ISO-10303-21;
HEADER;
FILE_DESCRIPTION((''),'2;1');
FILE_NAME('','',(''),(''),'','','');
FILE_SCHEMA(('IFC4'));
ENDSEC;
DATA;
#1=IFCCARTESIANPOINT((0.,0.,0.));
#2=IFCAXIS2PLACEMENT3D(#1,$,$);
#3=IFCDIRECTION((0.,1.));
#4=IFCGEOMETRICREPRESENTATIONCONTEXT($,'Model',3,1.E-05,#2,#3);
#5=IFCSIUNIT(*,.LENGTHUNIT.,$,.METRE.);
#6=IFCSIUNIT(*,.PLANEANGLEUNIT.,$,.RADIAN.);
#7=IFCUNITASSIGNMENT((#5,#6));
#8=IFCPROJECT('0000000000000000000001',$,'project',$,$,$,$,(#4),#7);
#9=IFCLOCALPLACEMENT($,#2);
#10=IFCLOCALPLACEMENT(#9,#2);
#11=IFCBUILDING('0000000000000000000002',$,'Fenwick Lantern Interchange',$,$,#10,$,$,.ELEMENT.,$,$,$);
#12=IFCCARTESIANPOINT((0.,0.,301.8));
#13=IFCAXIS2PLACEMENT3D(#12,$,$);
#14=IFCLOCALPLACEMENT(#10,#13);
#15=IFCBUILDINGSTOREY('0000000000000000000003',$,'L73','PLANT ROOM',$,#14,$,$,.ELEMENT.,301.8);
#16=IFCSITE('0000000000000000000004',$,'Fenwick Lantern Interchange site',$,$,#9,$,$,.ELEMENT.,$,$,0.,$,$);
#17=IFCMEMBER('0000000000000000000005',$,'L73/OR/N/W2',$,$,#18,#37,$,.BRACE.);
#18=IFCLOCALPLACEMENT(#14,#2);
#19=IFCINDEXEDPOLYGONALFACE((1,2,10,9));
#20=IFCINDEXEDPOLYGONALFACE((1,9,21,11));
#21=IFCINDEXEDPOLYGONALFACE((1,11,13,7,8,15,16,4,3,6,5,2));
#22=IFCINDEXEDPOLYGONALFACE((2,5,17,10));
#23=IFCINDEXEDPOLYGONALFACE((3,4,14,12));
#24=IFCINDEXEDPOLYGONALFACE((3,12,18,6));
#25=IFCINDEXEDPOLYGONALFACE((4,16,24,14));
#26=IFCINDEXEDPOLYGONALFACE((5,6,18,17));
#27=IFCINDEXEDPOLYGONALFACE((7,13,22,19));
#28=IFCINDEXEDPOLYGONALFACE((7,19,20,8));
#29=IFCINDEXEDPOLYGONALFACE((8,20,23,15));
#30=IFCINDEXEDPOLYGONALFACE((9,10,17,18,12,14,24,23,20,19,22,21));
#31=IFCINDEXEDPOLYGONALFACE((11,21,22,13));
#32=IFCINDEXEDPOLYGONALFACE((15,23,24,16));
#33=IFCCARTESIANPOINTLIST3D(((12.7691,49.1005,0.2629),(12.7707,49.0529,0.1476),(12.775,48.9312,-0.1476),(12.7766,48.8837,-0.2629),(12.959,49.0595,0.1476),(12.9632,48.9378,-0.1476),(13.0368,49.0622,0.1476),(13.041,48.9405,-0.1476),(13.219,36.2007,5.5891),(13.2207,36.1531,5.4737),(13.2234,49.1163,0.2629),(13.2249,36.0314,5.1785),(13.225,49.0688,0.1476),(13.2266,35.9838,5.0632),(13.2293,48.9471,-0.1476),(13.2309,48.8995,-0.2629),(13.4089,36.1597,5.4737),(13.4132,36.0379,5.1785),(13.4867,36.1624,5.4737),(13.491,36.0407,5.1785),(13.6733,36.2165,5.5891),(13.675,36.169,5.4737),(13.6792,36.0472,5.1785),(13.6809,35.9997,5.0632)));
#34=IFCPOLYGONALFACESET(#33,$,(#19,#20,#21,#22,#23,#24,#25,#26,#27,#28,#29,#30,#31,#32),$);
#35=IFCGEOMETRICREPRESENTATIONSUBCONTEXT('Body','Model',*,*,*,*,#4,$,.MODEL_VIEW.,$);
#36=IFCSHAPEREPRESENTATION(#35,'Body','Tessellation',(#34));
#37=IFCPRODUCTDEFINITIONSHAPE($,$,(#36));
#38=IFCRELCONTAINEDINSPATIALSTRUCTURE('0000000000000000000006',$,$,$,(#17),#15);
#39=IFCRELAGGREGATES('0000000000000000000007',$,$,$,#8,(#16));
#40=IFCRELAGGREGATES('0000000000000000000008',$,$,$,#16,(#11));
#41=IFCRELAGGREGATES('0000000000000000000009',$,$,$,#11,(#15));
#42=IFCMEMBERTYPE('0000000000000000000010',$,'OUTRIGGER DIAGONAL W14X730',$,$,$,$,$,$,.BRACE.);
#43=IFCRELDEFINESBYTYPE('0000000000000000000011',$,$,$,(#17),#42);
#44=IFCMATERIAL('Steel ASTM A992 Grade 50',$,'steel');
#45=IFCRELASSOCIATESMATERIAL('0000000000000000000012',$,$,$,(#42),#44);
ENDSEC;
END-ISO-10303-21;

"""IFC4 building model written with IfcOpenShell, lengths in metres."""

from ifc_helpers import new_model, si_unit, direction, frame, origin, origin_2d, place, context, subcontext, project, spatial, i_section, extrude, material, material_profile, profile_set, type_object, element, save


model = new_model("IFC4")

# Units and contexts
model_context = context("Model", 3, precision=1e-05, world=origin(), true_north=direction((0.0, 1.0)))
body_context = subcontext(model_context, "Body", "Model", "MODEL_VIEW")
ifc_project = project(units=[si_unit("LENGTHUNIT", "METRE"), si_unit("PLANEANGLEUNIT", "RADIAN")], contexts=[model_context])

# Site, building, storey
site_placement = place(None, origin())
site = spatial("IfcSite", under=ifc_project, at=site_placement, Name="Fenwick Lantern Interchange site", CompositionType="ELEMENT", RefElevation=0.0)
building_placement = place(site_placement, origin())
building = spatial("IfcBuilding", under=site, at=building_placement, Name="Fenwick Lantern Interchange", CompositionType="ELEMENT")
storey_placement = place(building_placement, frame((0.0, 0.0, 301.8)))
storey = spatial("IfcBuildingStorey", under=building, at=storey_placement, Name="L73", Description="PLANT ROOM", CompositionType="ELEMENT", Elevation=301.8)

# Shared definitions
ifc_material_1 = material(Name="Steel ASTM A992 Grade 50", Category="steel")

# Member
ifc_material_profile_1 = material_profile(ifc_material_1, i_section(OverallWidth=0.4546, OverallDepth=0.5688, WebThickness=0.0779, FlangeThickness=0.1248, at=origin_2d()), Name="W14X730")
ifc_profile_set_1 = profile_set([ifc_material_profile_1], Name="Steel ASTM A992 Grade 50")
member_type_1 = type_object("IfcMemberType", Name="OUTRIGGER DIAGONAL W14X730", PredefinedType="BRACE", material=ifc_profile_set_1)
member_1_placement = place(storey_placement, frame((13.0, 49.0, 0.0), z_axis=(0.032223, -0.923833, 0.381437), x_axis=(0.999392, 0.034859, 0.0)))
element("IfcMember", 1, at=member_1_placement, inside=storey, type_object=member_type_1, Name="L73/OR/N/W2", PredefinedType="BRACE", context=body_context, shape_type="SweptSolid", body=[
    extrude(i_section(OverallWidth=0.4546, OverallDepth=0.5688, WebThickness=0.0779, FlangeThickness=0.1248, at=origin_2d()), origin(), (0.0, 0.0, 1.0), 13.9634),
])

save(model, "model.ifc")
